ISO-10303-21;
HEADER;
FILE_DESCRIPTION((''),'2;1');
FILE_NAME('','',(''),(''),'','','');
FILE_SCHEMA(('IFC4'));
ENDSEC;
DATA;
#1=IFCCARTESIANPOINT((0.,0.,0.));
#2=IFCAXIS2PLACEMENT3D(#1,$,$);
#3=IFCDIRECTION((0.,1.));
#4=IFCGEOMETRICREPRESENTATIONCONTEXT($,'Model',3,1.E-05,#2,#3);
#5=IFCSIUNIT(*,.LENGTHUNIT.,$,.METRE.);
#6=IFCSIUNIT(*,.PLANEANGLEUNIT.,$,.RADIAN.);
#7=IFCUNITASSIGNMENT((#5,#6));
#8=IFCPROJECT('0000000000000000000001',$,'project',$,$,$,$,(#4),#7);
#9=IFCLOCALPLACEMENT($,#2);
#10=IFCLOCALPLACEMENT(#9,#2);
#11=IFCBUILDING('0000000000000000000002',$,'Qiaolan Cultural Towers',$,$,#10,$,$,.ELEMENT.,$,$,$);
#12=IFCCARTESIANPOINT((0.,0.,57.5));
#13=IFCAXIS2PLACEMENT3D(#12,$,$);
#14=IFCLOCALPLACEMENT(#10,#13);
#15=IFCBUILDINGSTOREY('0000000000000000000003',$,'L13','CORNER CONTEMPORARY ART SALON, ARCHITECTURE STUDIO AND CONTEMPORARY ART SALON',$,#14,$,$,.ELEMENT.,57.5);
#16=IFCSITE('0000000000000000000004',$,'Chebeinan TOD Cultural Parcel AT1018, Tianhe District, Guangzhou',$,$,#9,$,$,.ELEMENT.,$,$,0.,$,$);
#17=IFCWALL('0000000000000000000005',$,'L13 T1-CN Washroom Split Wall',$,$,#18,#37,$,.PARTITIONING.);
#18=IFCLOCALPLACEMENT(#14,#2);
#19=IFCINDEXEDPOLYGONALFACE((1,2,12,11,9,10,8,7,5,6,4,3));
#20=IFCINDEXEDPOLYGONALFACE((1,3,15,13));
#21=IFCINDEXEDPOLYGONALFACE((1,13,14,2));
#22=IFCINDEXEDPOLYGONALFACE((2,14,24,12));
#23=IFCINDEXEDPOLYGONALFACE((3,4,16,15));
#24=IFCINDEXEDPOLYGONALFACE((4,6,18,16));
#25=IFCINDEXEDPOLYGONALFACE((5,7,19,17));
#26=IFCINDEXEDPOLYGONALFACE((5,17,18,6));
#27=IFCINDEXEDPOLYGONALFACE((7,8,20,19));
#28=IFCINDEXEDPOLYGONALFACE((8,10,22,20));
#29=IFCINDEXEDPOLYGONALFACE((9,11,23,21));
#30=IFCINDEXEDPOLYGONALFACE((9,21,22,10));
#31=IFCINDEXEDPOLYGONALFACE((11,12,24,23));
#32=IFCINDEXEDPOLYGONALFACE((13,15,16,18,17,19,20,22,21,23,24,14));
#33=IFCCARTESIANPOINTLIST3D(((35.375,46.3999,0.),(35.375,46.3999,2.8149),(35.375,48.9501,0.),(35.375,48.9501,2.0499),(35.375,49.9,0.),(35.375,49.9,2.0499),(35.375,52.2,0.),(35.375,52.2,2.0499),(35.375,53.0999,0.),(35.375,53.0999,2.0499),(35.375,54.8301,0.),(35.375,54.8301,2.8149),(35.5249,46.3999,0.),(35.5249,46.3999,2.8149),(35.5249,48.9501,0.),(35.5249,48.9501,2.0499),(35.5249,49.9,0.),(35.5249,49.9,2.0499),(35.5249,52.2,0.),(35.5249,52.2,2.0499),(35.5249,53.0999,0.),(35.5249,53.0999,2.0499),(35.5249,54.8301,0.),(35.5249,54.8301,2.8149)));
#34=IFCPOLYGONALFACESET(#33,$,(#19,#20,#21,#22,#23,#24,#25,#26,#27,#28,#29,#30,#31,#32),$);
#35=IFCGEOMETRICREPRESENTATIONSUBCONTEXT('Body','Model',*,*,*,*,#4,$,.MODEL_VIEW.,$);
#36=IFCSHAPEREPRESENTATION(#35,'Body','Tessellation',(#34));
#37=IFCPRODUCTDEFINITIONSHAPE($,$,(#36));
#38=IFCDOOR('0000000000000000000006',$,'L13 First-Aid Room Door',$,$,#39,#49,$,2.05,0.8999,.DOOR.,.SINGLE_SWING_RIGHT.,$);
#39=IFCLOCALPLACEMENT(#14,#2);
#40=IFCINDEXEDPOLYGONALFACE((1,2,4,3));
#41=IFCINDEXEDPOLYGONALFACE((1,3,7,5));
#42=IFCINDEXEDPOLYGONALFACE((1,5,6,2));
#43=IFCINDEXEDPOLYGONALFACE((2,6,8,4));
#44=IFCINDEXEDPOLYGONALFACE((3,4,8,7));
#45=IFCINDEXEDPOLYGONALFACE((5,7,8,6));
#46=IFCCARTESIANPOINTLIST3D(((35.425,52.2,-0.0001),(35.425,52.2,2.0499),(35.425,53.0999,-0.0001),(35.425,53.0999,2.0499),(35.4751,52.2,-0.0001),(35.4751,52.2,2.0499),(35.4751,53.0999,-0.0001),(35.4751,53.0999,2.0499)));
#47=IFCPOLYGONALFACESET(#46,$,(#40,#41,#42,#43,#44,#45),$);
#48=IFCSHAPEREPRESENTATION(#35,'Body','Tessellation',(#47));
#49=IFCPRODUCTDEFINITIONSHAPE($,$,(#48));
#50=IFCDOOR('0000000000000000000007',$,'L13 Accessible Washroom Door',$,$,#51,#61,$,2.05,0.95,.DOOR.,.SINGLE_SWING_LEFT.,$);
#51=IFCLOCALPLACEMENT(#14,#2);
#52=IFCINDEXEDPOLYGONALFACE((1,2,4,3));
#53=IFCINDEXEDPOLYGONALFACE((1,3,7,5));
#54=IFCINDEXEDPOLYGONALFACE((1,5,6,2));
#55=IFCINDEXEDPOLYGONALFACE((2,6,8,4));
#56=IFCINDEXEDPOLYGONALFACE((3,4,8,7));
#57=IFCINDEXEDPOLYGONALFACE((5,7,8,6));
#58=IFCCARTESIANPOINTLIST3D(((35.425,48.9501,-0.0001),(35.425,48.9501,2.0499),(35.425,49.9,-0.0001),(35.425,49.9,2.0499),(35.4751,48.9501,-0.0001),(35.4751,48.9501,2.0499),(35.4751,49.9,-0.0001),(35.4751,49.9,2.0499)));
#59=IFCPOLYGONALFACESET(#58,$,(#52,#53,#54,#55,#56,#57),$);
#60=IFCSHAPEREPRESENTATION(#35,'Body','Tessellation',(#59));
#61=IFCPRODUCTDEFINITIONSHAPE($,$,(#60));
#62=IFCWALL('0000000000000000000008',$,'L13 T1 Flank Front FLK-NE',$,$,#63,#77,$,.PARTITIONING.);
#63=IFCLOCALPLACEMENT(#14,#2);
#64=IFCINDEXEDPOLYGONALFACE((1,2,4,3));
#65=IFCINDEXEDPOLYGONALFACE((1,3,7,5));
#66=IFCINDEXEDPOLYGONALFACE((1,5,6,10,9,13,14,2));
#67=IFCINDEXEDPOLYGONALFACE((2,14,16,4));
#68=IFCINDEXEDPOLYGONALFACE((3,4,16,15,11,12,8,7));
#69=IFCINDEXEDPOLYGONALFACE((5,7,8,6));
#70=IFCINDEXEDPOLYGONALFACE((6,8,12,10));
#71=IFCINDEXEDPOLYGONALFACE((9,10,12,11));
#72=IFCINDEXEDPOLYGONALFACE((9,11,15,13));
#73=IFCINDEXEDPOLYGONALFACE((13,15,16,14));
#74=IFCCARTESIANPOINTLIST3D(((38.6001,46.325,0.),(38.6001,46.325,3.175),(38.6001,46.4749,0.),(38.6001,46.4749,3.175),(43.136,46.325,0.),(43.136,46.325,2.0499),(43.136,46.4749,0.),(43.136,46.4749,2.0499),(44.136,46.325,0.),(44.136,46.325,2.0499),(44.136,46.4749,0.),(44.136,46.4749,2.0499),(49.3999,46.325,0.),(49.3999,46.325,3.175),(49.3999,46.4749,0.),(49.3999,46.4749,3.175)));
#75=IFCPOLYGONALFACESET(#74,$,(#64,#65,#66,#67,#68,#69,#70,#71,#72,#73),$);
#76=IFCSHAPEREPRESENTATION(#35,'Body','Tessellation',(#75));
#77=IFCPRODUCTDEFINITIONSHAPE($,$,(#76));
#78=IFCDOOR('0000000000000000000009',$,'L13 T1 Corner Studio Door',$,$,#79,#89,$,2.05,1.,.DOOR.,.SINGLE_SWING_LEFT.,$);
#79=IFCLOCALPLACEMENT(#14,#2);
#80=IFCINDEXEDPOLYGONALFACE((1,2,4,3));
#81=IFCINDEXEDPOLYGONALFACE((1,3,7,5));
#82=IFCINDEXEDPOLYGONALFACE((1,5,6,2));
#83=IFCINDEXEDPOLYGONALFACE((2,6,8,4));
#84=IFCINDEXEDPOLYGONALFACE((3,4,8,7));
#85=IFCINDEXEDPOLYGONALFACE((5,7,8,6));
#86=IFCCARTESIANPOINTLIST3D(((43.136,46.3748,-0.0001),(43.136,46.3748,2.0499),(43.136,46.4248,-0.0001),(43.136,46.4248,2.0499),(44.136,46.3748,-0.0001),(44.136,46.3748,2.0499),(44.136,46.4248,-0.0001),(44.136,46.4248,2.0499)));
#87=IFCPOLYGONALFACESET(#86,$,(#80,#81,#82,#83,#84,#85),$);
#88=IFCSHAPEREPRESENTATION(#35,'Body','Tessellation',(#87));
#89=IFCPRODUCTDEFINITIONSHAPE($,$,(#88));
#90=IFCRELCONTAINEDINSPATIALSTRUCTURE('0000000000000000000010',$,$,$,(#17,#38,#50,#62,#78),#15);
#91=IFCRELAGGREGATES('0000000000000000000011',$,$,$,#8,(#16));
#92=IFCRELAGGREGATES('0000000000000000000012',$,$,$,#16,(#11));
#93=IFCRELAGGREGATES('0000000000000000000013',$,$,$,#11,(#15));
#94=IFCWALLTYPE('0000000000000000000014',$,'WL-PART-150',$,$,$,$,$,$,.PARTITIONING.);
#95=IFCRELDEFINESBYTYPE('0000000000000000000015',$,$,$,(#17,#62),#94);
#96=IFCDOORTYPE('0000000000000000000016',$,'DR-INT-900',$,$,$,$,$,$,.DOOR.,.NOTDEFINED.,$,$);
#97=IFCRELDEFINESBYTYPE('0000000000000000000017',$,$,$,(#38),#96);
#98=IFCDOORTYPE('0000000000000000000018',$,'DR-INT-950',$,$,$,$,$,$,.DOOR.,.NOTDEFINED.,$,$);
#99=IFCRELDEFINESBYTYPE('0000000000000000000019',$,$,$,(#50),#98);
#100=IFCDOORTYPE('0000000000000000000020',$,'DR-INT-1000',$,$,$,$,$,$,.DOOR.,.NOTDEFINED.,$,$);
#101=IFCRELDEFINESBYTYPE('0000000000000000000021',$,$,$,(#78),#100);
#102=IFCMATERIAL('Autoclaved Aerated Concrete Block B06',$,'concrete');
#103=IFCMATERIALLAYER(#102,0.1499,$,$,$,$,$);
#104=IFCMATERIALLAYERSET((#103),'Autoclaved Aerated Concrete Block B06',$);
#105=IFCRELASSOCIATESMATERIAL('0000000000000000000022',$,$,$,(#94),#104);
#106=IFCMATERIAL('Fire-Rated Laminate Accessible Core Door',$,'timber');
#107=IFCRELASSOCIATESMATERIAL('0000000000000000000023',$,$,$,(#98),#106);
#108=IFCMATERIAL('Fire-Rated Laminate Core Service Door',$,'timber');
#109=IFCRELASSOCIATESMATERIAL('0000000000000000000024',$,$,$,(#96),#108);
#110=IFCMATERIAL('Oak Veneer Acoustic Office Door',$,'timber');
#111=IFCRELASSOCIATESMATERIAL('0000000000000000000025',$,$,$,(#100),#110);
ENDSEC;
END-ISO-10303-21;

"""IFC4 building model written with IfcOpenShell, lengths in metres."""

from ifc_helpers import new_model, si_unit, direction, frame, frame_2d, origin, place, context, subcontext, project, spatial, rectangle, extrude, material, layer, layer_set, type_object, element, fill, save


model = new_model("IFC4")

# Units and contexts
model_context = context("Model", 3, precision=1e-05, world=origin(), true_north=direction((0.0, 1.0)))
body_context = subcontext(model_context, "Body", "Model", "MODEL_VIEW")
ifc_project = project(units=[si_unit("LENGTHUNIT", "METRE"), si_unit("PLANEANGLEUNIT", "RADIAN")], contexts=[model_context])

# Site, building, storey
site_placement = place(None, origin())
site = spatial("IfcSite", under=ifc_project, at=site_placement, Name="Chebeinan TOD Cultural Parcel AT1018, Tianhe District, Guangzhou", CompositionType="ELEMENT", RefElevation=0.0)
building_placement = place(site_placement, origin())
building = spatial("IfcBuilding", under=site, at=building_placement, Name="Qiaolan Cultural Towers", CompositionType="ELEMENT")
storey_placement = place(building_placement, frame((0.0, 0.0, 57.5)))
storey = spatial("IfcBuildingStorey", under=building, at=storey_placement, Name="L13", Description="CORNER CONTEMPORARY ART SALON, ARCHITECTURE STUDIO AND CONTEMPORARY ART SALON", CompositionType="ELEMENT", Elevation=57.5)

# Shared definitions
ifc_material_1 = material(Name="Autoclaved Aerated Concrete Block B06", Category="concrete")
ifc_layer_1 = layer(ifc_material_1, 0.1499)
ifc_layer_set_1 = layer_set([ifc_layer_1], Name="Autoclaved Aerated Concrete Block B06")
wall_type_1 = type_object("IfcWallType", Name="WL-PART-150", PredefinedType="PARTITIONING", material=ifc_layer_set_1)
ifc_material_2 = material(Name="Fire-Rated Laminate Accessible Core Door", Category="timber")
door_type_1 = type_object("IfcDoorType", Name="DR-INT-950", OperationType="NOTDEFINED", PredefinedType="DOOR", material=ifc_material_2)

# Wall, openings, doors
wall_1_placement = place(storey_placement, frame((35.45, 46.3999, 0.0), z_axis=(0.0, 0.0, 1.0), x_axis=(0.0, 1.0, 0.0)))
wall_1 = element("IfcWall", 1, at=wall_1_placement, inside=storey, type_object=wall_type_1, Name="L13 T1-CN Washroom Split Wall", PredefinedType="PARTITIONING", context=body_context, shape_type="SweptSolid", body=[
    extrude(rectangle(XDim=8.4302, YDim=0.1499, at=frame_2d((4.2151, 0.0))), origin(), (0.0, 0.0, 1.0), 2.8149),
])
opening_1_placement = place(wall_1_placement, frame((2.55, 0.0, 0.0)))
opening_1 = element("IfcOpeningElement", 2, at=opening_1_placement, cuts=wall_1, PredefinedType="OPENING", context=body_context, shape_type="SweptSolid", body=[
    extrude(rectangle(XDim=0.95, YDim=2.05, at=frame_2d((0.4751, 1.0249))), frame((0.0, 0.085, 0.0), z_axis=(0.0, -1.0, 0.0), x_axis=(1.0, 0.0, 0.0)), (0.0, 0.0, 1.0), 0.1699),
])
opening_2_placement = place(wall_1_placement, frame((5.8, 0.0, 0.0)))
opening_2 = element("IfcOpeningElement", 3, at=opening_2_placement, cuts=wall_1, PredefinedType="OPENING", context=body_context, shape_type="SweptSolid", body=[
    extrude(rectangle(XDim=0.8999, YDim=2.05, at=frame_2d((0.45, 1.0249))), frame((0.0, 0.085, 0.0), z_axis=(0.0, -1.0, 0.0), x_axis=(1.0, 0.0, 0.0)), (0.0, 0.0, 1.0), 0.1699),
])
ifc_material_3 = material(Name="Fire-Rated Laminate Core Service Door", Category="timber")
door_type_2 = type_object("IfcDoorType", Name="DR-INT-900", OperationType="NOTDEFINED", PredefinedType="DOOR", material=ifc_material_3)
door_1_placement = place(opening_2_placement, origin())
door_1 = element("IfcDoor", 4, at=door_1_placement, inside=storey, type_object=door_type_2, Name="L13 First-Aid Room Door", OperationType="SINGLE_SWING_RIGHT", OverallHeight=2.05, OverallWidth=0.8999, PredefinedType="DOOR", context=body_context, shape_type="SweptSolid", body=[
    extrude(rectangle(XDim=0.8999, YDim=2.05, at=frame_2d((0.45, 1.0249))), frame((0.0, 0.0249, 0.0), z_axis=(0.0, -1.0, 0.0), x_axis=(1.0, 0.0, 0.0)), (0.0, 0.0, 1.0), 0.05),
])
fill(opening_2, door_1)
door_2_placement = place(opening_1_placement, origin())
door_2 = element("IfcDoor", 5, at=door_2_placement, inside=storey, type_object=door_type_1, Name="L13 Accessible Washroom Door", OperationType="SINGLE_SWING_LEFT", OverallHeight=2.05, OverallWidth=0.95, PredefinedType="DOOR", context=body_context, shape_type="SweptSolid", body=[
    extrude(rectangle(XDim=0.95, YDim=2.05, at=frame_2d((0.4751, 1.0249))), frame((0.0, 0.0249, 0.0), z_axis=(0.0, -1.0, 0.0), x_axis=(1.0, 0.0, 0.0)), (0.0, 0.0, 1.0), 0.05),
])
fill(opening_1, door_2)

# Wall, opening, door
wall_2_placement = place(storey_placement, frame((38.6001, 46.3999, 0.0), z_axis=(0.0, 0.0, 1.0), x_axis=(1.0, 0.0, 0.0)))
wall_2 = element("IfcWall", 6, at=wall_2_placement, inside=storey, type_object=wall_type_1, Name="L13 T1 Flank Front FLK-NE", PredefinedType="PARTITIONING", context=body_context, shape_type="SweptSolid", body=[
    extrude(rectangle(XDim=10.7998, YDim=0.1499, at=frame_2d((5.3999, 0.0))), origin(), (0.0, 0.0, 1.0), 3.175),
])
opening_3_placement = place(wall_2_placement, frame((4.5359, 0.0, 0.0)))
opening_3 = element("IfcOpeningElement", 7, at=opening_3_placement, cuts=wall_2, PredefinedType="OPENING", context=body_context, shape_type="SweptSolid", body=[
    extrude(rectangle(XDim=1.0, YDim=2.05, at=frame_2d((0.5, 1.0249))), frame((0.0, 0.085, 0.0), z_axis=(0.0, -1.0, 0.0), x_axis=(1.0, 0.0, 0.0)), (0.0, 0.0, 1.0), 0.1699),
])
ifc_material_4 = material(Name="Oak Veneer Acoustic Office Door", Category="timber")
door_type_3 = type_object("IfcDoorType", Name="DR-INT-1000", OperationType="NOTDEFINED", PredefinedType="DOOR", material=ifc_material_4)
door_3_placement = place(opening_3_placement, origin())
door_3 = element("IfcDoor", 8, at=door_3_placement, inside=storey, type_object=door_type_3, Name="L13 T1 Corner Studio Door", OperationType="SINGLE_SWING_LEFT", OverallHeight=2.05, OverallWidth=1.0, PredefinedType="DOOR", context=body_context, shape_type="SweptSolid", body=[
    extrude(rectangle(XDim=1.0, YDim=2.05, at=frame_2d((0.5, 1.0249))), frame((0.0, 0.0249, 0.0), z_axis=(0.0, -1.0, 0.0), x_axis=(1.0, 0.0, 0.0)), (0.0, 0.0, 1.0), 0.05),
])
fill(opening_3, door_3)

save(model, "model.ifc")
